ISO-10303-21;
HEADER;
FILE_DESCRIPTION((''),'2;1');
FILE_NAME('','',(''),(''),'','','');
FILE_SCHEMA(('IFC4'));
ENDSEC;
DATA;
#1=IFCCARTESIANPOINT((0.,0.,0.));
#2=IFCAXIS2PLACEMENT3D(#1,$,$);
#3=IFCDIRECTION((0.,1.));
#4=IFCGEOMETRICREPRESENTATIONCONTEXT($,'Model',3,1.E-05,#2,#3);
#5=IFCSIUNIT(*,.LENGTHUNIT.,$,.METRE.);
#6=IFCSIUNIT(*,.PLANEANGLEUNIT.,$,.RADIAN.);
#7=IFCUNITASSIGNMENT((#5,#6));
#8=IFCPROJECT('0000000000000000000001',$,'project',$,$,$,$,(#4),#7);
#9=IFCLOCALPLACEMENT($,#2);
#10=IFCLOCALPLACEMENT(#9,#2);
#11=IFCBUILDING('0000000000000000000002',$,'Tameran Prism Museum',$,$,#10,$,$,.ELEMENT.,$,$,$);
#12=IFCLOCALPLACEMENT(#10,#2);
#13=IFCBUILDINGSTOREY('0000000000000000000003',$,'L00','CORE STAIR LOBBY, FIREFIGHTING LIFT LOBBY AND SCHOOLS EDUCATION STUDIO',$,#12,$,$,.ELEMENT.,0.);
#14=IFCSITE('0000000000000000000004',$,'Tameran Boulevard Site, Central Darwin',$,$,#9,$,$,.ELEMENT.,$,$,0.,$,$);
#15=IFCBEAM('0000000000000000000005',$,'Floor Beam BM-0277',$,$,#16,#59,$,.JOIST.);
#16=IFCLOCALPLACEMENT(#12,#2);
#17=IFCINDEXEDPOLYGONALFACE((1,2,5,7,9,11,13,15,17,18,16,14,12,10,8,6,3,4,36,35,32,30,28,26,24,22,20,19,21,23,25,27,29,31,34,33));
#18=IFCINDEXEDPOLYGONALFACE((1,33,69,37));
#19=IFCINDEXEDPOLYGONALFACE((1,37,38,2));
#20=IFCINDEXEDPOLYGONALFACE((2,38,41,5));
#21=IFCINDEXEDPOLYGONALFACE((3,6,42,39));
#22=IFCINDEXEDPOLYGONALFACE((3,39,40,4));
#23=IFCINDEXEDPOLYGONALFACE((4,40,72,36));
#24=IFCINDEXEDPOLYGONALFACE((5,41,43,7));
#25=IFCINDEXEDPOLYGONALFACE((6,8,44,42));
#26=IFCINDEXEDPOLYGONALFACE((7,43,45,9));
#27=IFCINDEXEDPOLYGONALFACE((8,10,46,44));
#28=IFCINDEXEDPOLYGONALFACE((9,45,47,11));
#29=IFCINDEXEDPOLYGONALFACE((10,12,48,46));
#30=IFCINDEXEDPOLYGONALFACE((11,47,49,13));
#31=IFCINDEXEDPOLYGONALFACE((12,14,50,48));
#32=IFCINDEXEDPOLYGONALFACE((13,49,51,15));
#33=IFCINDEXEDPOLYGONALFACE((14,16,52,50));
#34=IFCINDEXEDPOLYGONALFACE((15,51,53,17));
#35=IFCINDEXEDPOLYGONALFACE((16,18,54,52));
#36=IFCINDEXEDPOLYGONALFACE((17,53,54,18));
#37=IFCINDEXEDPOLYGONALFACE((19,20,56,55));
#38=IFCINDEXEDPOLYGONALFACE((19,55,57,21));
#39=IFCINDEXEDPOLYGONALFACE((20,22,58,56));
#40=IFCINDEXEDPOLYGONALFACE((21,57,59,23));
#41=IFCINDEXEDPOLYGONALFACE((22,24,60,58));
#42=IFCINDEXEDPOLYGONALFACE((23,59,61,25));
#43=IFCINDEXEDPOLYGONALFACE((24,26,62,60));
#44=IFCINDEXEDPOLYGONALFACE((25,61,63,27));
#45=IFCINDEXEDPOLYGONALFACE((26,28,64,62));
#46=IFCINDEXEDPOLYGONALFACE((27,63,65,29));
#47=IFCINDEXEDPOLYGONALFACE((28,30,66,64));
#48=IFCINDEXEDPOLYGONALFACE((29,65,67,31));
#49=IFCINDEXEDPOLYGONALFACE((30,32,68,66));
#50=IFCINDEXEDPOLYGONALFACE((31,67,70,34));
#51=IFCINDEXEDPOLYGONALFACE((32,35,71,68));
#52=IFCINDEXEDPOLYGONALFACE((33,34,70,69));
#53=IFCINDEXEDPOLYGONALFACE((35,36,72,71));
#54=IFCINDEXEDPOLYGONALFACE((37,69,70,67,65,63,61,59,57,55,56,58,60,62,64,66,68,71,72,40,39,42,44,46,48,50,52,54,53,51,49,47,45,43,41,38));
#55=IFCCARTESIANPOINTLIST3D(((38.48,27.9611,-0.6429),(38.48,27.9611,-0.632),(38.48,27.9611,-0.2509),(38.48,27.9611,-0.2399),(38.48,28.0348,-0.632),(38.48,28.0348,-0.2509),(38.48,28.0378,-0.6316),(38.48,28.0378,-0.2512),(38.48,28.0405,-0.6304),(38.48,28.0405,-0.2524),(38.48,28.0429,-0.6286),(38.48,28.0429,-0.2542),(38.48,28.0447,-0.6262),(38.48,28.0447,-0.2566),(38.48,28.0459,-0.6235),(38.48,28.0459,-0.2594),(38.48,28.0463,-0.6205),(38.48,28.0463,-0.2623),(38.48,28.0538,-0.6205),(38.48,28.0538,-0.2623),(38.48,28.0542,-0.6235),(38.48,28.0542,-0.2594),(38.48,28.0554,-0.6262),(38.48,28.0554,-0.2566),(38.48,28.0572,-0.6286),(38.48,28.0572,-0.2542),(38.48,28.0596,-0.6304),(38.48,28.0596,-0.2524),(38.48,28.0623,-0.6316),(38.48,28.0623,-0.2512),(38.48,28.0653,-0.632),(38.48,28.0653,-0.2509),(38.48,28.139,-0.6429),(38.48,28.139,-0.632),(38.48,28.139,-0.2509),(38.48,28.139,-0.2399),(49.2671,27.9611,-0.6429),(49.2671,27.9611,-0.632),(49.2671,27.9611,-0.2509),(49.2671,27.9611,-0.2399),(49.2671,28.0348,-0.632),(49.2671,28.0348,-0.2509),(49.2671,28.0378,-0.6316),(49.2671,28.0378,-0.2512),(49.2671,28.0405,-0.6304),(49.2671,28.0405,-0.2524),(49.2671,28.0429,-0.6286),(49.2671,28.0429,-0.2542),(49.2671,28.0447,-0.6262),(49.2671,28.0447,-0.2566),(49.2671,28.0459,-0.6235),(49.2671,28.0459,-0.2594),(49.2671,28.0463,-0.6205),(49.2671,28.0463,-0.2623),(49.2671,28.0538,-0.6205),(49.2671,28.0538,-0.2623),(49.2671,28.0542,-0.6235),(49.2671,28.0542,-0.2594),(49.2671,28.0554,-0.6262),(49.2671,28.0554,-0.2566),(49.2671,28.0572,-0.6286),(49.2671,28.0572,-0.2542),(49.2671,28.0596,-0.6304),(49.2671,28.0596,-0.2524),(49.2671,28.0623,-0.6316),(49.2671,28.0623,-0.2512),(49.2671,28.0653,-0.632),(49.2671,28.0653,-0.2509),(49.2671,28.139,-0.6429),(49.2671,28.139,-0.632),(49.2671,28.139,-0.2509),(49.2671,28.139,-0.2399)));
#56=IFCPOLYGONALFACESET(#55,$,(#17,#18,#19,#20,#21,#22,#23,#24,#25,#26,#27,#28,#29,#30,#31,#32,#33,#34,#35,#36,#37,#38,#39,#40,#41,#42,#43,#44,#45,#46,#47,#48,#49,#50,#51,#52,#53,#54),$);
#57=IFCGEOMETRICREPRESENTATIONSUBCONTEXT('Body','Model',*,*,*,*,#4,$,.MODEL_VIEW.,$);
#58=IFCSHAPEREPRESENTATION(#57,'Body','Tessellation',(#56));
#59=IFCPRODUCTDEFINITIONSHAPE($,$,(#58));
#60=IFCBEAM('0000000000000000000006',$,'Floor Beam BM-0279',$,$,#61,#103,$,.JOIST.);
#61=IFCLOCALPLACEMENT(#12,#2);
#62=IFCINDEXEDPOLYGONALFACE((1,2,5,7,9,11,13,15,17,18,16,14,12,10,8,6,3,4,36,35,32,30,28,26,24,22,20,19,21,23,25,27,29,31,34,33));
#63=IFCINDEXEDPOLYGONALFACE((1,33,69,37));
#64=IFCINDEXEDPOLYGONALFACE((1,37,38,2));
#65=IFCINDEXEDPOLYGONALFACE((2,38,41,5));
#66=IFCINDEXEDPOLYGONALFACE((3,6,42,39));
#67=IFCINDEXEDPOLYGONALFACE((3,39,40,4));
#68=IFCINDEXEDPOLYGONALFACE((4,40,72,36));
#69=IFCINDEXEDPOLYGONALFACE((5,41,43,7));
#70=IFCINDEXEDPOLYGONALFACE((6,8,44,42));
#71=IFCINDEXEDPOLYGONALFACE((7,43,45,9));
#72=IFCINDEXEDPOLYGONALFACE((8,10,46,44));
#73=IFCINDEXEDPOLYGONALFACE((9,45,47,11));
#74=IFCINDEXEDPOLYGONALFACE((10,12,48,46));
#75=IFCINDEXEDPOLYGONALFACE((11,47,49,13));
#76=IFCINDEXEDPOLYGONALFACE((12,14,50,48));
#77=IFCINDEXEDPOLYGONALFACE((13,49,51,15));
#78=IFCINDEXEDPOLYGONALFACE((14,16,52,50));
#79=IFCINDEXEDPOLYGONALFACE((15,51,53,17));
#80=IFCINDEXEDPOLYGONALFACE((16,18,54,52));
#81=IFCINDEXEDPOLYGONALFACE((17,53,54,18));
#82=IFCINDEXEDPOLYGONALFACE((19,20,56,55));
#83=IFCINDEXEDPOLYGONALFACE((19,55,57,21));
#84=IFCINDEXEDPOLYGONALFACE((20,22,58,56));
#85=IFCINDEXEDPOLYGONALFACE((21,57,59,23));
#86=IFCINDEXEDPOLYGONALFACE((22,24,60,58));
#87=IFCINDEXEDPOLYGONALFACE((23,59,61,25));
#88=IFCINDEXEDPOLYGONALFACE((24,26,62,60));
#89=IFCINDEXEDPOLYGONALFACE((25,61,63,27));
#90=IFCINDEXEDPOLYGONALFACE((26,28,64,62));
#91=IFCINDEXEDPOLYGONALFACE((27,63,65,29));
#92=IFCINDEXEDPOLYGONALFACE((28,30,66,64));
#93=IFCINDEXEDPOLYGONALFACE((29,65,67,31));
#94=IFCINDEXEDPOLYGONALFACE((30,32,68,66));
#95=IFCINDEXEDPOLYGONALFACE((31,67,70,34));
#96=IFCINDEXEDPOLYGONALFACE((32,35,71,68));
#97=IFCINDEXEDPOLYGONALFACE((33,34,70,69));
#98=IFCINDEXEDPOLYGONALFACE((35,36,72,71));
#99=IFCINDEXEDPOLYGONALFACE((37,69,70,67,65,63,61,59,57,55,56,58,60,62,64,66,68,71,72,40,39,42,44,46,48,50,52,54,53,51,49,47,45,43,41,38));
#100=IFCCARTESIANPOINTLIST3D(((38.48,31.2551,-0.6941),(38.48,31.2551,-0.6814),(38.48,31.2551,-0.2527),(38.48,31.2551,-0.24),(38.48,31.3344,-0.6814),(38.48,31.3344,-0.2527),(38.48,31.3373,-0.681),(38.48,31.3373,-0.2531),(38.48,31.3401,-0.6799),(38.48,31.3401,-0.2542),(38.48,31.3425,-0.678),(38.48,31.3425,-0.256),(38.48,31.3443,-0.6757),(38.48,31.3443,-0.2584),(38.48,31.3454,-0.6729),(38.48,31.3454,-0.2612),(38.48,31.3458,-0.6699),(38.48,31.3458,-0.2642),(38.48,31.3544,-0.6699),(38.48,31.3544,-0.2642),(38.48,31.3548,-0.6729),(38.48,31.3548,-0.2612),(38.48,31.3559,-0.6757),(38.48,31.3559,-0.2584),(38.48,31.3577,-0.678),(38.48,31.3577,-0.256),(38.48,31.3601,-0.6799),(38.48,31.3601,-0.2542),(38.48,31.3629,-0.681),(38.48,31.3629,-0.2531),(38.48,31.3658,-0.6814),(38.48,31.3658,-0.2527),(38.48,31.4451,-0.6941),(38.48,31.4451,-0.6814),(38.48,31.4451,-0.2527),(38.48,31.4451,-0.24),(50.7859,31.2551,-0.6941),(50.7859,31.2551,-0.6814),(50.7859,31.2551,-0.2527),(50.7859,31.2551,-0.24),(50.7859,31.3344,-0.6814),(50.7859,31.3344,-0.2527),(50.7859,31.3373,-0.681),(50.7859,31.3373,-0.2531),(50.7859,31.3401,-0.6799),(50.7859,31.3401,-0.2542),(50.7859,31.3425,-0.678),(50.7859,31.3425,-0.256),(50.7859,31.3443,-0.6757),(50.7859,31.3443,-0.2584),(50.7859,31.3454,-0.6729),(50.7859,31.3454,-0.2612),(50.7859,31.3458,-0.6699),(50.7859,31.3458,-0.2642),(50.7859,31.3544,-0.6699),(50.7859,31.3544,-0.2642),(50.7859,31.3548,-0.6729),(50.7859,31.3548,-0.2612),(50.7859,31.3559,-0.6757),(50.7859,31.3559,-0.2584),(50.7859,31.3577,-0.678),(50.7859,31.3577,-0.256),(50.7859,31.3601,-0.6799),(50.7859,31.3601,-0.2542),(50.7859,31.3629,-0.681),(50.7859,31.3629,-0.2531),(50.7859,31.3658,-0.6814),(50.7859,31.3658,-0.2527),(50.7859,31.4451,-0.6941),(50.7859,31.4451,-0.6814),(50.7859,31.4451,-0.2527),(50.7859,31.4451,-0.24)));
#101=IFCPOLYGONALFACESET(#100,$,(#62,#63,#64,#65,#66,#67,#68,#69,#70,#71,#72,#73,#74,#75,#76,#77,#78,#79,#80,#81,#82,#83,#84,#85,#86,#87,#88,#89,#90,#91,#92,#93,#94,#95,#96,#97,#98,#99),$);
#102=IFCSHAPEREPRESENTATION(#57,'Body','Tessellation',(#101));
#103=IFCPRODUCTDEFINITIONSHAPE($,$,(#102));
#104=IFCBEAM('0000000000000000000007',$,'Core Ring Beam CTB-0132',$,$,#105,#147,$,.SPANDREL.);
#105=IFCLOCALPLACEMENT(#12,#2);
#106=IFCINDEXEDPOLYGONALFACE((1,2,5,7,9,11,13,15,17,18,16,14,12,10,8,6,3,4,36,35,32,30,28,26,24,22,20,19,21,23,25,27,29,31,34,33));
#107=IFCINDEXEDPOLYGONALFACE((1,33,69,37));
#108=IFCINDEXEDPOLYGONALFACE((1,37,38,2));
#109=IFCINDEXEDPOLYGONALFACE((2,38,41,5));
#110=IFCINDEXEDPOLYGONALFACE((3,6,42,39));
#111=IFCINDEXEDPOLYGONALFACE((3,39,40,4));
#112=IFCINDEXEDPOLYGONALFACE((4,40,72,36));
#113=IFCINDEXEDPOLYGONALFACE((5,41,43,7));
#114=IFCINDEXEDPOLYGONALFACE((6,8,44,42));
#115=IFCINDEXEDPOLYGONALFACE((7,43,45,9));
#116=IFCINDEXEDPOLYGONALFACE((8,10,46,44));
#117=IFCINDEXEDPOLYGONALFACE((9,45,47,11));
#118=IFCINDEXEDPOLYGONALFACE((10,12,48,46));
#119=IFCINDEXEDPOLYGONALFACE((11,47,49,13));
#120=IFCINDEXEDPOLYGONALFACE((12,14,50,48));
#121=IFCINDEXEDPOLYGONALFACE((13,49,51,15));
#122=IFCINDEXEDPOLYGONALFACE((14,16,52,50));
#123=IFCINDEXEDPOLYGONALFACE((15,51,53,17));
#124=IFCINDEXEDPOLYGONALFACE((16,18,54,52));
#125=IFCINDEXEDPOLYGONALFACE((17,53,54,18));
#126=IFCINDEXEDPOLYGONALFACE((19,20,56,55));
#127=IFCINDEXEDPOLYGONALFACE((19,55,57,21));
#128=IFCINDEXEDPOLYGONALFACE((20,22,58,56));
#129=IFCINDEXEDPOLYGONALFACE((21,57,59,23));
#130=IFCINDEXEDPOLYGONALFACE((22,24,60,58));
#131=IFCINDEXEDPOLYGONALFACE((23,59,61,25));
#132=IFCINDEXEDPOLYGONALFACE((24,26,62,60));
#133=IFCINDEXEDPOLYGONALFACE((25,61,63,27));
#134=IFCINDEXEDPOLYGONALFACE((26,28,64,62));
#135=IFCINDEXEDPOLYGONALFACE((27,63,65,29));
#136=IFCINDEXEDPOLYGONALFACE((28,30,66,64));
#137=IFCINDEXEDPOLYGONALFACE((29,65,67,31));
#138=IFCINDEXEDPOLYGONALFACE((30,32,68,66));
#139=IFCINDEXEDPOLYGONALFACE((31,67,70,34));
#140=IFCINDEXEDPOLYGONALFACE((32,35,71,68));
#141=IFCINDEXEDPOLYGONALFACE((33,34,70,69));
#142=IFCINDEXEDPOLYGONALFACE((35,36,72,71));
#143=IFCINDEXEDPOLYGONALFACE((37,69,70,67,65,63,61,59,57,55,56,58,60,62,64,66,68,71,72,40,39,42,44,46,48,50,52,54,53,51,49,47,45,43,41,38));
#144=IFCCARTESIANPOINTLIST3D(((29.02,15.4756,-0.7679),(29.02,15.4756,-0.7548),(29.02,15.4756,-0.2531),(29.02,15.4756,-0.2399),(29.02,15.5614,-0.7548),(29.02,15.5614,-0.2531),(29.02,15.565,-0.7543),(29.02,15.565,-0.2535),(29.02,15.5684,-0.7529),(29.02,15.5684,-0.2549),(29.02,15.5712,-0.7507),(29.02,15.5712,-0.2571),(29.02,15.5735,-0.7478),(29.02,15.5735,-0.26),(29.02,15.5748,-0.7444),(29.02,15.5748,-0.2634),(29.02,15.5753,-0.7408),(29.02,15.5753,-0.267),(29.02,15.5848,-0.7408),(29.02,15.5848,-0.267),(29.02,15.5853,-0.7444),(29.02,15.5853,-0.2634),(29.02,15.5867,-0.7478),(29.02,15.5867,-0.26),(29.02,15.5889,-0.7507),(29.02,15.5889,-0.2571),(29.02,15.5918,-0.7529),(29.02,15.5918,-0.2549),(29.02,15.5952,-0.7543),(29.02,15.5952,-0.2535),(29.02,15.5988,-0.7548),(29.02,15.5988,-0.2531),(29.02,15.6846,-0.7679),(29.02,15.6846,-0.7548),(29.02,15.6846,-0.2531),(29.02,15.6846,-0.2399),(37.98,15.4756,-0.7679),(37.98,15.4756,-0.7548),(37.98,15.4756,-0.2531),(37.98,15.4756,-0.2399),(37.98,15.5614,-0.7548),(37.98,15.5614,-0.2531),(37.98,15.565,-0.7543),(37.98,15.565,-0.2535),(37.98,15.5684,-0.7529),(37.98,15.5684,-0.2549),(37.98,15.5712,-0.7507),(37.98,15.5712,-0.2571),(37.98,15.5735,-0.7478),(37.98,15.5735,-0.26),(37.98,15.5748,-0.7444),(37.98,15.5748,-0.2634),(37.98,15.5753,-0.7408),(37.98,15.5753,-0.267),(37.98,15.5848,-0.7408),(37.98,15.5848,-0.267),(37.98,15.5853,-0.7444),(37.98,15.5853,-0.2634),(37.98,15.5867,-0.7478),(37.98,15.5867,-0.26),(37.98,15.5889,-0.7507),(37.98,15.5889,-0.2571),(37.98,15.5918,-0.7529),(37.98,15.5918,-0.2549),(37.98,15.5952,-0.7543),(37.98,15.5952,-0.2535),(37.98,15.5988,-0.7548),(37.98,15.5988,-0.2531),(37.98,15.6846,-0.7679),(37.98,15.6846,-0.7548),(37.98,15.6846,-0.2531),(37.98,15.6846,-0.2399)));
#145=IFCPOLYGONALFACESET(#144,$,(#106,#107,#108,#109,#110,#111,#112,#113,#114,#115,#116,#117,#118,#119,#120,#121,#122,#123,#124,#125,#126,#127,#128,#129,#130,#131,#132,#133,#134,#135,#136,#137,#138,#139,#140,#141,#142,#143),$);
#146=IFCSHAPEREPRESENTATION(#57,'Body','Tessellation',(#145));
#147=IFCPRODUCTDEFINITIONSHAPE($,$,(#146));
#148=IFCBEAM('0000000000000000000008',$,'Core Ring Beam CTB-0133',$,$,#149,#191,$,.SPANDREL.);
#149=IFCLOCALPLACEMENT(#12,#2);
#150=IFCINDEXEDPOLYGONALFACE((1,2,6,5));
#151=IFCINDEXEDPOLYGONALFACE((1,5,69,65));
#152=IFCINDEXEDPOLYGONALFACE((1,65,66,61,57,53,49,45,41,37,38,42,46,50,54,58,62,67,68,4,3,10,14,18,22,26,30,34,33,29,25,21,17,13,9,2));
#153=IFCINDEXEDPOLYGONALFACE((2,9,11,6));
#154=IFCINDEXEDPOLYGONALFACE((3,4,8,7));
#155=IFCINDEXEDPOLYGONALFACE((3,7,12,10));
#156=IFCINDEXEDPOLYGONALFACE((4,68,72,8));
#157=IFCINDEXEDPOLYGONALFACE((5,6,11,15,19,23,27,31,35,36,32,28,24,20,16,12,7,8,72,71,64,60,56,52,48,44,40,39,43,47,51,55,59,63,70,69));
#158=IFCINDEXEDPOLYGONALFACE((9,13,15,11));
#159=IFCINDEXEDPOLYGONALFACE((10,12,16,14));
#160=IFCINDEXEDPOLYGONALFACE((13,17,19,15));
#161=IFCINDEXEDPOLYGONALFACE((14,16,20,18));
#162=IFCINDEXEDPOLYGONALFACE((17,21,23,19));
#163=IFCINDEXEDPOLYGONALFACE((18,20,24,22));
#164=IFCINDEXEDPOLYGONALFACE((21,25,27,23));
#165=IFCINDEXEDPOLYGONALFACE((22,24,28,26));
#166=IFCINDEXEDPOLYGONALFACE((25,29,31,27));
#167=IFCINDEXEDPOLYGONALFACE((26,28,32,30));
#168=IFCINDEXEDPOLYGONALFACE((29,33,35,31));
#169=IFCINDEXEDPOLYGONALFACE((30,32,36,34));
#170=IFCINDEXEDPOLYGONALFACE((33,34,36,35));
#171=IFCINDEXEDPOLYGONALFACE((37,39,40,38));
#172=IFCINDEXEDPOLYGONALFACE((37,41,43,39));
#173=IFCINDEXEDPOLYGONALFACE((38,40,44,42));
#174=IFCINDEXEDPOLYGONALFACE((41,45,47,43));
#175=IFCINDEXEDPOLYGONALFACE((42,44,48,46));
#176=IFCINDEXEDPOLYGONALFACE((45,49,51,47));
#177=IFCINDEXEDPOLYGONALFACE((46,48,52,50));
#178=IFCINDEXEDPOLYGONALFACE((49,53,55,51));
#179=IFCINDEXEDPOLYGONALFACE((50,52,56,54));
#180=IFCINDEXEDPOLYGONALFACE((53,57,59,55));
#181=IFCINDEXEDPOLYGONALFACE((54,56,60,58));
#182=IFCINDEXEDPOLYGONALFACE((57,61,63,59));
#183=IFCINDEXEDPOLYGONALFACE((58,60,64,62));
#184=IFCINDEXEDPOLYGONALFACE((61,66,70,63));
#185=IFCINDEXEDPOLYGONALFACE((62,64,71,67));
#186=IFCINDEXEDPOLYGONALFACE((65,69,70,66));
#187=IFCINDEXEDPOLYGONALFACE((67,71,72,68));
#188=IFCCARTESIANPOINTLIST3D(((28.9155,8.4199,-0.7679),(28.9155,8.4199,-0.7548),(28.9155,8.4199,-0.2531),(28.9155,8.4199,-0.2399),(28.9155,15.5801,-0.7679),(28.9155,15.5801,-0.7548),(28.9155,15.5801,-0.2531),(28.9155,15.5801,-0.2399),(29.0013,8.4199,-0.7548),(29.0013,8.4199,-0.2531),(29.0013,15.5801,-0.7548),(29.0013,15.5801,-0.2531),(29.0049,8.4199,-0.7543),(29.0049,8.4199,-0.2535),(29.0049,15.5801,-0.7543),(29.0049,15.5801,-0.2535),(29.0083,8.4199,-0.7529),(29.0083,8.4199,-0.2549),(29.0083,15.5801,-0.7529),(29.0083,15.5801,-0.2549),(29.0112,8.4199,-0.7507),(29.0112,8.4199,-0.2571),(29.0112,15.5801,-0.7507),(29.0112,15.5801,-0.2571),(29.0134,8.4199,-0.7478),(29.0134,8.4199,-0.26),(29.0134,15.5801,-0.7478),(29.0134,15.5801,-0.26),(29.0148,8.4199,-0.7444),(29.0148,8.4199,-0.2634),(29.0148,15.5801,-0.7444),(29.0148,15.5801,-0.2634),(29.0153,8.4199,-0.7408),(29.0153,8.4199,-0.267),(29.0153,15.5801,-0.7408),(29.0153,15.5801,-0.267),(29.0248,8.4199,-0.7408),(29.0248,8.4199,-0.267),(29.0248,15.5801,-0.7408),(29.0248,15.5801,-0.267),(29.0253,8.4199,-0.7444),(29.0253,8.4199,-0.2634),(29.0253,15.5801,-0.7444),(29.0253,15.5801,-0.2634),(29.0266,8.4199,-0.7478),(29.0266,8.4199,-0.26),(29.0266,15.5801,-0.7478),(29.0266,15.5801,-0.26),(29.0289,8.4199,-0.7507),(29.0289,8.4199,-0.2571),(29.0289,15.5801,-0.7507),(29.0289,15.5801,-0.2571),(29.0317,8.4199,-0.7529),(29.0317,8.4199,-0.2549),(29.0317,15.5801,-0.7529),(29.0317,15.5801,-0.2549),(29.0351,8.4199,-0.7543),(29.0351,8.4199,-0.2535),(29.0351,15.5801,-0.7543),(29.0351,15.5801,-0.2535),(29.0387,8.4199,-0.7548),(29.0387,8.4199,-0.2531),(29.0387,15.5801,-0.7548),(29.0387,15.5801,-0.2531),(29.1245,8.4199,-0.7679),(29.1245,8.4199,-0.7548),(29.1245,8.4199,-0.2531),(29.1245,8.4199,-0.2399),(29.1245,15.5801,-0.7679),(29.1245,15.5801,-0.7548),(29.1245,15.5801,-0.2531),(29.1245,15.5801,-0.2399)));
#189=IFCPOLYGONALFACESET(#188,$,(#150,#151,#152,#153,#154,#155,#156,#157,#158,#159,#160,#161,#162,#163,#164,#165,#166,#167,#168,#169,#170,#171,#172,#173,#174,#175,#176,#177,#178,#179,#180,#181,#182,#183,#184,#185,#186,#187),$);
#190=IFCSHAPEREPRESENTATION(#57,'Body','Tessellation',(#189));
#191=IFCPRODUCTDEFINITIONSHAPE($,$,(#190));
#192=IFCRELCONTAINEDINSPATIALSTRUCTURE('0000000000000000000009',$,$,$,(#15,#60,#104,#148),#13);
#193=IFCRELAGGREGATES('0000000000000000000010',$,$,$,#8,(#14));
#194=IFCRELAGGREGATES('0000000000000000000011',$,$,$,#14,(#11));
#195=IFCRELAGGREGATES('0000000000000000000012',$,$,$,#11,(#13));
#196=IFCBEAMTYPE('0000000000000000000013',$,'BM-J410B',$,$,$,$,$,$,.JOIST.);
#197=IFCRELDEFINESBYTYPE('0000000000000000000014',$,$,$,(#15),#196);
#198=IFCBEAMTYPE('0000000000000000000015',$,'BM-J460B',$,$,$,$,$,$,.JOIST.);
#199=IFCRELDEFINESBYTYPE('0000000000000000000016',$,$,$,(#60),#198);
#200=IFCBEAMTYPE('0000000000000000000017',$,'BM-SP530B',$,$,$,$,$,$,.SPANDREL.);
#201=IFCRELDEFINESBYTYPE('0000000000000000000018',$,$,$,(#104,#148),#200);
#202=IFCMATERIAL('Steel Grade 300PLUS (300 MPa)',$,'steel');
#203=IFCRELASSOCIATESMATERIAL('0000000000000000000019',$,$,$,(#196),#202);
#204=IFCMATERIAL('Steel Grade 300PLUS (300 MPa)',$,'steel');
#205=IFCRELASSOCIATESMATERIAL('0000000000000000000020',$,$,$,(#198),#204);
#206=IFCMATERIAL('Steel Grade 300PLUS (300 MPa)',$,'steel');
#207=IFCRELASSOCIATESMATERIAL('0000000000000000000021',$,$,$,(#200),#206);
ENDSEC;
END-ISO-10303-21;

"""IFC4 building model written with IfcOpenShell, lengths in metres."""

from ifc_helpers import new_model, si_unit, direction, frame, origin, origin_2d, place, context, subcontext, project, spatial, i_section, extrude, material, material_profile, profile_set, type_object, element, save


model = new_model("IFC4")

# Units and contexts
model_context = context("Model", 3, precision=1e-05, world=origin(), true_north=direction((0.0, 1.0)))
body_context = subcontext(model_context, "Body", "Model", "MODEL_VIEW")
ifc_project = project(units=[si_unit("LENGTHUNIT", "METRE"), si_unit("PLANEANGLEUNIT", "RADIAN")], contexts=[model_context])

# Site, building, storey
site_placement = place(None, origin())
site = spatial("IfcSite", under=ifc_project, at=site_placement, Name="Tameran Boulevard Site, Central Darwin", CompositionType="ELEMENT", RefElevation=0.0)
building_placement = place(site_placement, origin())
building = spatial("IfcBuilding", under=site, at=building_placement, Name="Tameran Prism Museum", CompositionType="ELEMENT")
storey_placement = place(building_placement, origin())
storey = spatial("IfcBuildingStorey", under=building, at=storey_placement, Name="L00", Description="CORE STAIR LOBBY, FIREFIGHTING LIFT LOBBY AND SCHOOLS EDUCATION STUDIO", CompositionType="ELEMENT", Elevation=0.0)

# Beams
ifc_material_1 = material(Name="Steel Grade 300PLUS (300 MPa)", Category="steel")
ifc_material_profile_1 = material_profile(ifc_material_1, i_section(OverallWidth=0.178, OverallDepth=0.4031, WebThickness=0.0076, FlangeThickness=0.011, FilletRadius=0.0115, at=origin_2d()))
ifc_profile_set_1 = profile_set([ifc_material_profile_1])
beam_type_1 = type_object("IfcBeamType", Name="BM-J410B", PredefinedType="JOIST", material=ifc_profile_set_1)
beam_1_placement = place(storey_placement, frame((38.48, 28.05, -0.4414), z_axis=(1.0, 0.0, 0.0), x_axis=(0.0, 1.0, 0.0)))
element("IfcBeam", 1, at=beam_1_placement, inside=storey, type_object=beam_type_1, Name="Floor Beam BM-0277", PredefinedType="JOIST", context=body_context, shape_type="SweptSolid", body=[
    extrude(i_section(OverallWidth=0.178, OverallDepth=0.4031, WebThickness=0.0076, FlangeThickness=0.011, FilletRadius=0.0115, at=origin_2d()), origin(), (0.0, 0.0, 1.0), 10.7871),
])
ifc_material_2 = material(Name="Steel Grade 300PLUS (300 MPa)", Category="steel")
ifc_material_profile_2 = material_profile(ifc_material_2, i_section(OverallWidth=0.1899, OverallDepth=0.4541, WebThickness=0.0085, FlangeThickness=0.0127, FilletRadius=0.0115, at=origin_2d()))
ifc_profile_set_2 = profile_set([ifc_material_profile_2])
beam_type_2 = type_object("IfcBeamType", Name="BM-J460B", PredefinedType="JOIST", material=ifc_profile_set_2)
beam_2_placement = place(storey_placement, frame((38.48, 31.3501, -0.467), z_axis=(1.0, 0.0, 0.0), x_axis=(0.0, 1.0, 0.0)))
element("IfcBeam", 2, at=beam_2_placement, inside=storey, type_object=beam_type_2, Name="Floor Beam BM-0279", PredefinedType="JOIST", context=body_context, shape_type="SweptSolid", body=[
    extrude(i_section(OverallWidth=0.1899, OverallDepth=0.4541, WebThickness=0.0085, FlangeThickness=0.0127, FilletRadius=0.0115, at=origin_2d()), origin(), (0.0, 0.0, 1.0), 12.3059),
])
ifc_material_3 = material(Name="Steel Grade 300PLUS (300 MPa)", Category="steel")
ifc_material_profile_3 = material_profile(ifc_material_3, i_section(OverallWidth=0.209, OverallDepth=0.5281, WebThickness=0.0095, FlangeThickness=0.0132, FilletRadius=0.0139, at=origin_2d()))
ifc_profile_set_3 = profile_set([ifc_material_profile_3])
beam_type_3 = type_object("IfcBeamType", Name="BM-SP530B", PredefinedType="SPANDREL", material=ifc_profile_set_3)
beam_3_placement = place(storey_placement, frame((37.98, 15.5801, -0.5039), z_axis=(-1.0, 0.0, 0.0), x_axis=(0.0, -1.0, 0.0)))
element("IfcBeam", 3, at=beam_3_placement, inside=storey, type_object=beam_type_3, Name="Core Ring Beam CTB-0132", PredefinedType="SPANDREL", context=body_context, shape_type="SweptSolid", body=[
    extrude(i_section(OverallWidth=0.209, OverallDepth=0.5281, WebThickness=0.0095, FlangeThickness=0.0132, FilletRadius=0.0139, at=origin_2d()), origin(), (0.0, 0.0, 1.0), 8.96),
])
beam_4_placement = place(storey_placement, frame((29.02, 15.5801, -0.5039), z_axis=(0.0, -1.0, 0.0), x_axis=(1.0, 0.0, 0.0)))
element("IfcBeam", 4, at=beam_4_placement, inside=storey, type_object=beam_type_3, Name="Core Ring Beam CTB-0133", PredefinedType="SPANDREL", context=body_context, shape_type="SweptSolid", body=[
    extrude(i_section(OverallWidth=0.209, OverallDepth=0.5281, WebThickness=0.0095, FlangeThickness=0.0132, FilletRadius=0.0139, at=origin_2d()), origin(), (0.0, 0.0, 1.0), 7.1602),
])

save(model, "model.ifc")
